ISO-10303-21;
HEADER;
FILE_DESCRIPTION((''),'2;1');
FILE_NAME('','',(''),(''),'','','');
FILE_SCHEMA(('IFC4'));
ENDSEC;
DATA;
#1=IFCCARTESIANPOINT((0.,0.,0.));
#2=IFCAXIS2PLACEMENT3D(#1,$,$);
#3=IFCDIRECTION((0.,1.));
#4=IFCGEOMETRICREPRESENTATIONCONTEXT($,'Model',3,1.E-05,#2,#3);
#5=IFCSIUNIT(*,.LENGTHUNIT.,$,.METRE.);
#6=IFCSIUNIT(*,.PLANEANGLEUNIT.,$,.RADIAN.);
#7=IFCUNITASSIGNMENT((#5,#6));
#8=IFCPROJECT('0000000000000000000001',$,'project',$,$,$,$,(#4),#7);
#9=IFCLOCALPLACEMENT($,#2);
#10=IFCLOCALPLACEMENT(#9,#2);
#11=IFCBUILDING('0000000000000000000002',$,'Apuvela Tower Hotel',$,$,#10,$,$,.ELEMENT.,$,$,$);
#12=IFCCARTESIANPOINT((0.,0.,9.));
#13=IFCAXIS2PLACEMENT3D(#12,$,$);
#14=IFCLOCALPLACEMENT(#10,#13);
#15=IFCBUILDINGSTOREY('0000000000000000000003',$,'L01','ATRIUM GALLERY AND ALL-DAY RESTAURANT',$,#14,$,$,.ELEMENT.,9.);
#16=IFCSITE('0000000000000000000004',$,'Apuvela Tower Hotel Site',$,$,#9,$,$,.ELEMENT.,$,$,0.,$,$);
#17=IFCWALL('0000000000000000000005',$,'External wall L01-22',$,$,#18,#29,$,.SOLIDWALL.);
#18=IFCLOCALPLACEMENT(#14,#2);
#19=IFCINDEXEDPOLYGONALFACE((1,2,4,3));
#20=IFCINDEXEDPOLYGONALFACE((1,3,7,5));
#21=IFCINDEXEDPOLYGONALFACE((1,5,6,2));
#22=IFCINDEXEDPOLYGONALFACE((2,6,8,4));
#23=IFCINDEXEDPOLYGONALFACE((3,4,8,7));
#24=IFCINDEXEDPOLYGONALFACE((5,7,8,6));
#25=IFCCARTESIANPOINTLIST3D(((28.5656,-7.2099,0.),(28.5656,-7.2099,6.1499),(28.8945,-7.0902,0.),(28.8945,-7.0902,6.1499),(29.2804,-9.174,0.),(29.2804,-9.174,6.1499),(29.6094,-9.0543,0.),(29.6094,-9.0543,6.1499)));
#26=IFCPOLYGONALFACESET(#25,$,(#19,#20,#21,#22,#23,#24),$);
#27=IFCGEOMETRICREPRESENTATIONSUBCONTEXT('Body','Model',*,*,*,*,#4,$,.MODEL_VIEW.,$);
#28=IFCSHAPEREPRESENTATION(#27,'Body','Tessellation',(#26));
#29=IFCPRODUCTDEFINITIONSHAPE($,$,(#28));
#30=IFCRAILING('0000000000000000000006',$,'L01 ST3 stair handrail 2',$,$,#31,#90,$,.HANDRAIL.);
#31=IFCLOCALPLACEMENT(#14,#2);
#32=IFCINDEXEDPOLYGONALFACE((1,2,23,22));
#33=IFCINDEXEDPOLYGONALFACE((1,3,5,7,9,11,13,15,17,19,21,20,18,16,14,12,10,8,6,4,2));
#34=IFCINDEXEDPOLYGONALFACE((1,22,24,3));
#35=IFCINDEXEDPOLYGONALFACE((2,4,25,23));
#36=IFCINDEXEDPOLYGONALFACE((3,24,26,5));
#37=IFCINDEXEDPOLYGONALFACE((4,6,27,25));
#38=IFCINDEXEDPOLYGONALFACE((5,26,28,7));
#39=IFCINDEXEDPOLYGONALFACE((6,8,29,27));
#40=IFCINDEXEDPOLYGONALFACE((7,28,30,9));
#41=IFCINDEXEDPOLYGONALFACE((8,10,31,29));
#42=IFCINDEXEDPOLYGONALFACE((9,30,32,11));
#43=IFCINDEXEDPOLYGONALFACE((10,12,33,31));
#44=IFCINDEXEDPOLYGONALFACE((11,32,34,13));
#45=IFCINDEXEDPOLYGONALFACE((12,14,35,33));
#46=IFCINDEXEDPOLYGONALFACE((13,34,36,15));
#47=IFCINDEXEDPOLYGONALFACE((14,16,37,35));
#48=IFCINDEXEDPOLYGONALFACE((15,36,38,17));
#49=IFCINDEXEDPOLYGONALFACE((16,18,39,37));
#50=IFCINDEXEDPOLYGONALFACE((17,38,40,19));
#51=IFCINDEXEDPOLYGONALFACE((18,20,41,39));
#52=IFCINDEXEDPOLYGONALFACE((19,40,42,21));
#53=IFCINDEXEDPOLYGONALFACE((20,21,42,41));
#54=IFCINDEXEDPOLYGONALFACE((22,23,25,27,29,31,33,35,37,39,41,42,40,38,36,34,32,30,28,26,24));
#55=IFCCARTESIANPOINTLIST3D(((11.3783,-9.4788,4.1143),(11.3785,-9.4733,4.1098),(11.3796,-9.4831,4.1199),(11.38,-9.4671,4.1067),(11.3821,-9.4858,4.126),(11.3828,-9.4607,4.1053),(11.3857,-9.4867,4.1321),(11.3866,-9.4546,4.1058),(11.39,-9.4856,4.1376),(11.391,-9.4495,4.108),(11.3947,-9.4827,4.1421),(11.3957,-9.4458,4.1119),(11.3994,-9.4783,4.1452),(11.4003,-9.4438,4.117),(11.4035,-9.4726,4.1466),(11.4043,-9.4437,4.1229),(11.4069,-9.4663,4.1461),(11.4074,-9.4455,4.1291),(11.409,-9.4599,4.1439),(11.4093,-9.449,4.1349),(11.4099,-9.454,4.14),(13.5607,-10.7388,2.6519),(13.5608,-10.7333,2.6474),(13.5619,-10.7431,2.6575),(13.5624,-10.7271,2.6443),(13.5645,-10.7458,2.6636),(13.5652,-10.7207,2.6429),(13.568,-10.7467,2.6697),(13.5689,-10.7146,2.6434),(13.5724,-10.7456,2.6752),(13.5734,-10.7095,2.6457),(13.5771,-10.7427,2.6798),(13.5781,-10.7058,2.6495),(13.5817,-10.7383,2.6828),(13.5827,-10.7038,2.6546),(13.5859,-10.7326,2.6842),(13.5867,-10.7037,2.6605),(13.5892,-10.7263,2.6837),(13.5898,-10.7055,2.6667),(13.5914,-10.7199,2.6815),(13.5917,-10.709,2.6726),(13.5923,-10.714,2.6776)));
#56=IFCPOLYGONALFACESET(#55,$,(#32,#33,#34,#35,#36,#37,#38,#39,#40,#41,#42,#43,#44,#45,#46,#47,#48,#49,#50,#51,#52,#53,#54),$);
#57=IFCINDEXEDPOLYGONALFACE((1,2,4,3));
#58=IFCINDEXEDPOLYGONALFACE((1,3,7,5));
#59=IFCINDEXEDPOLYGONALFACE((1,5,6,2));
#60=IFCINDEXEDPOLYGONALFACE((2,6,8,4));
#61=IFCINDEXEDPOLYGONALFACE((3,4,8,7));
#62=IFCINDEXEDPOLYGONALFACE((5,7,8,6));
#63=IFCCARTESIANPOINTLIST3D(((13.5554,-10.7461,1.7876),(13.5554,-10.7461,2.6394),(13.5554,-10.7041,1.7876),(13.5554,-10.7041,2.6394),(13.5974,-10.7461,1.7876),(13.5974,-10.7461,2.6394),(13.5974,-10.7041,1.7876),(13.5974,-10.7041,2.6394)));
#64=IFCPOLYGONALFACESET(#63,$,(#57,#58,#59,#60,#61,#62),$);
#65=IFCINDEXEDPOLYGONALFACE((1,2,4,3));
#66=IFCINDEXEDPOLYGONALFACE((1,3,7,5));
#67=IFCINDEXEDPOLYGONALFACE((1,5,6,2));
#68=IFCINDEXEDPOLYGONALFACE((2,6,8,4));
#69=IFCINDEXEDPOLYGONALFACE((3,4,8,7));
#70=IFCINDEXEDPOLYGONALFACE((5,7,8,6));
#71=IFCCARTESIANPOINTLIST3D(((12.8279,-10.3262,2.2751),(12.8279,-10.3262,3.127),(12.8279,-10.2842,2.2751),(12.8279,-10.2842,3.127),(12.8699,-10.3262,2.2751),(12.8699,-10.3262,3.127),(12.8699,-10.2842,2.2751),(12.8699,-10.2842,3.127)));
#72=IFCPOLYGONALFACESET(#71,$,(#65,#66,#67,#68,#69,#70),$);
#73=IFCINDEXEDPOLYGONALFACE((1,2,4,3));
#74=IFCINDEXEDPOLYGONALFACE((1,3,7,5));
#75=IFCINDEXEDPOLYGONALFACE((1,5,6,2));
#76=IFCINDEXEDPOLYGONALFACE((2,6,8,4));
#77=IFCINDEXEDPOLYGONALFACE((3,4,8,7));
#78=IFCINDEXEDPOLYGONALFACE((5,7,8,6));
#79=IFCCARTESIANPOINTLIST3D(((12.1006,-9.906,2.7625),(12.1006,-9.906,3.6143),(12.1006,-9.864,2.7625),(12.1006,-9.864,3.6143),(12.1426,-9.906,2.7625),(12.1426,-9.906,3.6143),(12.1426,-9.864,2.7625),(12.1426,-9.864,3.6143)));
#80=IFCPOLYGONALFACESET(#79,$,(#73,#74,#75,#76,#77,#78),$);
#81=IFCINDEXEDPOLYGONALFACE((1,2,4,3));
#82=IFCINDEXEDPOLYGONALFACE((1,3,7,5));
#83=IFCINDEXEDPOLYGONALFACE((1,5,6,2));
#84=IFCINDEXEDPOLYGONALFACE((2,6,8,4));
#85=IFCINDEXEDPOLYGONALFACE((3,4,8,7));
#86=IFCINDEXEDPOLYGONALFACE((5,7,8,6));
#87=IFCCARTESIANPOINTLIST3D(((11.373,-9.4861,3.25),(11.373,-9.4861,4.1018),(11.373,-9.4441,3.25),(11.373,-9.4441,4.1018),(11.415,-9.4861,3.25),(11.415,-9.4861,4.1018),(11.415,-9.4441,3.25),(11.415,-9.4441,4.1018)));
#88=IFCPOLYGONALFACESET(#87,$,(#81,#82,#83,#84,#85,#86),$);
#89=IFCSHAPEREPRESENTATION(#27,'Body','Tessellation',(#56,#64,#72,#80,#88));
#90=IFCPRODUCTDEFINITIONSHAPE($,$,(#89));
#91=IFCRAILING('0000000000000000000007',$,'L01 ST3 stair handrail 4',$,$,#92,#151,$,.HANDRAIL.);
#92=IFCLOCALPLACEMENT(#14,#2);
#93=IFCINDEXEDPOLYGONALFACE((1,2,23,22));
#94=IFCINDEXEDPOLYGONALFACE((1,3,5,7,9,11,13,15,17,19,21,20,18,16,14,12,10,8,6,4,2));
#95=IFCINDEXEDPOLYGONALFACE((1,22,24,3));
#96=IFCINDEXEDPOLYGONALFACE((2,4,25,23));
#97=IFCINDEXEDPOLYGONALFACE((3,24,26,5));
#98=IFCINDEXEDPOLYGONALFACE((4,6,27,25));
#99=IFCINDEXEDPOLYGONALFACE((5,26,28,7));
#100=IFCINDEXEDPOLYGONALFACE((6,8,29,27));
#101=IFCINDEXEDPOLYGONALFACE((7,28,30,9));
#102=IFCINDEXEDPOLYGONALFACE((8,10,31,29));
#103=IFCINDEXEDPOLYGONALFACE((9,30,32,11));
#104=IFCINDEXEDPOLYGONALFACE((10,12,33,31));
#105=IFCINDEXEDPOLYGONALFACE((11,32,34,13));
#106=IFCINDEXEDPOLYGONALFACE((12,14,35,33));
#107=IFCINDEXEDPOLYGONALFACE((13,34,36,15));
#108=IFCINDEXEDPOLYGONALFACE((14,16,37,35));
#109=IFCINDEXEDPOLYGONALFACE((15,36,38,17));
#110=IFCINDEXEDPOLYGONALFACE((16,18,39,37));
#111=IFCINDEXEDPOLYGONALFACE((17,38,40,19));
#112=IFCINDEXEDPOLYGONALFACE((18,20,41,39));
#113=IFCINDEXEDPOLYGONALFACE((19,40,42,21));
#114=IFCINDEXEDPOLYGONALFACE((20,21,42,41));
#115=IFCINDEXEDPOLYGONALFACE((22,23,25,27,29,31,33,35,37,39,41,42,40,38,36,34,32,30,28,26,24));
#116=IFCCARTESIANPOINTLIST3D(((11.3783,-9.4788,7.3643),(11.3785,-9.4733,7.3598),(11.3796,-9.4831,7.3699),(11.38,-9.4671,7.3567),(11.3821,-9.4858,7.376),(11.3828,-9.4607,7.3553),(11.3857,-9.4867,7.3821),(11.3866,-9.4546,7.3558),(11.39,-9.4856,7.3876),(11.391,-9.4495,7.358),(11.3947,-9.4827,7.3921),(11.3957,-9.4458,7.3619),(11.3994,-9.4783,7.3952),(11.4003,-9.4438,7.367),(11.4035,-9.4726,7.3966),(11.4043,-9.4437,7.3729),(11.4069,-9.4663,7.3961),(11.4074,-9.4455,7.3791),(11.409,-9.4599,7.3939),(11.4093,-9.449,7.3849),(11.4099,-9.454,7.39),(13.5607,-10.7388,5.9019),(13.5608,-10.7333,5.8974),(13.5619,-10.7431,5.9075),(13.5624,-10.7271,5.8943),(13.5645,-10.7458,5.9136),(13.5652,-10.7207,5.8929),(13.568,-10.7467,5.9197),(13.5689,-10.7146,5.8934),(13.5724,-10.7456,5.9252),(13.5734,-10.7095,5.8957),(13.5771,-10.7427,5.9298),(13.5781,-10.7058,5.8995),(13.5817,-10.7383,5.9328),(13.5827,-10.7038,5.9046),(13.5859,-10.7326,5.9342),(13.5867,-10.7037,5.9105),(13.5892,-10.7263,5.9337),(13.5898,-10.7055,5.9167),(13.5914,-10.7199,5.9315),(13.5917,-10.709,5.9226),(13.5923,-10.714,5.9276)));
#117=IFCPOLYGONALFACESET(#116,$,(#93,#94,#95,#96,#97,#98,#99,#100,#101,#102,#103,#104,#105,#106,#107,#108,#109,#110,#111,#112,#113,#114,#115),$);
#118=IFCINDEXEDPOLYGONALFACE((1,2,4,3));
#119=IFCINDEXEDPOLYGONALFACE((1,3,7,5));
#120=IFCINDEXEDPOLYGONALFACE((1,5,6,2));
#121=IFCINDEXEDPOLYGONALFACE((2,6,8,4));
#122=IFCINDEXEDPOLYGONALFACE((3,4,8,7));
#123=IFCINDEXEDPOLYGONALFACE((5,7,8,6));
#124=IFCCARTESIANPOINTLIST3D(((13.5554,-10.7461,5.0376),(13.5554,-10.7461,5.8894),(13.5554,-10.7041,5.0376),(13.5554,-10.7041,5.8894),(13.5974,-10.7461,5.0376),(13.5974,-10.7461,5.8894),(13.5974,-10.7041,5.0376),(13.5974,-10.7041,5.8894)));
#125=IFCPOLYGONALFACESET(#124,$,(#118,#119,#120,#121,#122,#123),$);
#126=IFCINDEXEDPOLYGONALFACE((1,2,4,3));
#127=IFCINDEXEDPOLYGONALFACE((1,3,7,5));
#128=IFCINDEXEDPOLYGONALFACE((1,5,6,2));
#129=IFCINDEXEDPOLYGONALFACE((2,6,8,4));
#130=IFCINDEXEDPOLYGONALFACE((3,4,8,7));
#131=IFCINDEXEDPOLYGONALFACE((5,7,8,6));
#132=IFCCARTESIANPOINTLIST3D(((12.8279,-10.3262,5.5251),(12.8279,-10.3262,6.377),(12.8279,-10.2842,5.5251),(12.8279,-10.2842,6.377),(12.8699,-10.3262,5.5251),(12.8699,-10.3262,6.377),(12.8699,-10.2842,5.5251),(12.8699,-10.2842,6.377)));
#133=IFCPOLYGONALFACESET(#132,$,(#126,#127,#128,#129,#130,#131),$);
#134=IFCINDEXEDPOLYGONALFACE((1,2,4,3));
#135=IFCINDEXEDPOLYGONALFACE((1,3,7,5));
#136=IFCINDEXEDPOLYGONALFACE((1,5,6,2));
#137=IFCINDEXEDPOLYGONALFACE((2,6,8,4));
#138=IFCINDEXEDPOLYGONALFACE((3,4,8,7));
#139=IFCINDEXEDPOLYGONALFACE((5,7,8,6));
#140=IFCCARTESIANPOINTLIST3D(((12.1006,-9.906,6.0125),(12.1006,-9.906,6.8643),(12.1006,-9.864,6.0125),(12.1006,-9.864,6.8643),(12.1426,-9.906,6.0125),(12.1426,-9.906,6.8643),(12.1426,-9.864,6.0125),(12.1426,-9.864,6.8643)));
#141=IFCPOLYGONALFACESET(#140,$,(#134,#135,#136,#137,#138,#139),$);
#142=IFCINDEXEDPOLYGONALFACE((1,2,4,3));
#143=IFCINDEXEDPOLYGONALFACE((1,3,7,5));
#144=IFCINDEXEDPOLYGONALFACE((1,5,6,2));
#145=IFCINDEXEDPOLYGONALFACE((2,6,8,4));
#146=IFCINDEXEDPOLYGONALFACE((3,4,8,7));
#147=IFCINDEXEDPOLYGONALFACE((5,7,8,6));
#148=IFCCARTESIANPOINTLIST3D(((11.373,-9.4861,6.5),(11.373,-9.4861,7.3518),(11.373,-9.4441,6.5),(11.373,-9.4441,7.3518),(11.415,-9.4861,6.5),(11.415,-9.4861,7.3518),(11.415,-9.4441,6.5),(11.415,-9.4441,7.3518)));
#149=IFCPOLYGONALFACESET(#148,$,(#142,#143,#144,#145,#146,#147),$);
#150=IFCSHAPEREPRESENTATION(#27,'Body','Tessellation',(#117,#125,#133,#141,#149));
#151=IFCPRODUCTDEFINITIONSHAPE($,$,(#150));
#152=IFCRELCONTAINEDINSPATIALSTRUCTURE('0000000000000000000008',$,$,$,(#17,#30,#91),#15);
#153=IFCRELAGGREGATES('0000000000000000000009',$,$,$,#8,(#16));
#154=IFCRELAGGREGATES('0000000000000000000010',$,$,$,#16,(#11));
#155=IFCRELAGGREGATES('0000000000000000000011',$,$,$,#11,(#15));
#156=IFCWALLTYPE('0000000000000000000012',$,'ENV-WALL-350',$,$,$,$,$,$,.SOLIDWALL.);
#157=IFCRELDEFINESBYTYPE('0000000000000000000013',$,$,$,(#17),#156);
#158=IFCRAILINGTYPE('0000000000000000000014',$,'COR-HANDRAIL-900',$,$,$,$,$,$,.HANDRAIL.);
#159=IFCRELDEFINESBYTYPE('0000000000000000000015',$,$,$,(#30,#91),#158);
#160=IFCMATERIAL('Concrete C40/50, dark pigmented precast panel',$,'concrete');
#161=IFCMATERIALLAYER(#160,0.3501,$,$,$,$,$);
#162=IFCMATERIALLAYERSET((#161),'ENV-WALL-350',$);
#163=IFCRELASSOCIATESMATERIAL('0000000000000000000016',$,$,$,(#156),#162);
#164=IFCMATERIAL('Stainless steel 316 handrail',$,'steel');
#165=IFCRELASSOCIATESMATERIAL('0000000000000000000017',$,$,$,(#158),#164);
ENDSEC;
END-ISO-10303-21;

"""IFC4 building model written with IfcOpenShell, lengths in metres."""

from ifc_helpers import new_model, si_unit, direction, frame, frame_2d, origin, origin_2d, place, context, subcontext, project, spatial, rectangle, circle, extrude, material, layer, layer_set, type_object, element, save


model = new_model("IFC4")

# Units and contexts
model_context = context("Model", 3, precision=1e-05, world=origin(), true_north=direction((0.0, 1.0)))
body_context = subcontext(model_context, "Body", "Model", "MODEL_VIEW")
ifc_project = project(units=[si_unit("LENGTHUNIT", "METRE"), si_unit("PLANEANGLEUNIT", "RADIAN")], contexts=[model_context])

# Site, building, storey
site_placement = place(None, origin())
site = spatial("IfcSite", under=ifc_project, at=site_placement, Name="Apuvela Tower Hotel Site", CompositionType="ELEMENT", RefElevation=0.0)
building_placement = place(site_placement, origin())
building = spatial("IfcBuilding", under=site, at=building_placement, Name="Apuvela Tower Hotel", CompositionType="ELEMENT")
storey_placement = place(building_placement, frame((0.0, 0.0, 9.0)))
storey = spatial("IfcBuildingStorey", under=building, at=storey_placement, Name="L01", Description="ATRIUM GALLERY AND ALL-DAY RESTAURANT", CompositionType="ELEMENT", Elevation=9.0)

# Wall
ifc_material_1 = material(Name="Concrete C40/50, dark pigmented precast panel", Category="concrete")
ifc_layer_1 = layer(ifc_material_1, 0.3501)
ifc_layer_set_1 = layer_set([ifc_layer_1], Name="ENV-WALL-350")
wall_type_1 = type_object("IfcWallType", Name="ENV-WALL-350", PredefinedType="SOLIDWALL", material=ifc_layer_set_1)
wall_1_placement = place(storey_placement, frame((29.4448, -9.114, 0.0), z_axis=(0.0, 0.0, 1.0), x_axis=(-0.342006, 0.939698, 0.0)))
element("IfcWall", 1, at=wall_1_placement, inside=storey, type_object=wall_type_1, Name="External wall L01-22", PredefinedType="SOLIDWALL", context=body_context, shape_type="SweptSolid", body=[
    extrude(rectangle(XDim=2.0901, YDim=0.3501, at=frame_2d((1.0449, 0.0))), origin(), (0.0, 0.0, 1.0), 6.1499),
])

# Railings
ifc_material_2 = material(Name="Stainless steel 316 handrail", Category="steel")
railing_type = type_object("IfcRailingType", Name="COR-HANDRAIL-900", PredefinedType="HANDRAIL", material=ifc_material_2)
for number, where, name in (
    (2, (13.5764, -10.7251, 1.7876), "L01 ST3 stair handrail 2"),
    (3, (13.5764, -10.7251, 5.0376), "L01 ST3 stair handrail 4"),
):
    element("IfcRailing", number, at=place(storey_placement, frame(where)), inside=storey, type_object=railing_type, Name=name, PredefinedType="HANDRAIL", context=body_context, shape_type="SweptSolid", body=[
        extrude(circle(Radius=0.0239, at=origin_2d()), frame((0.0, 0.0, 0.876), z_axis=(-0.749033, 0.43246, 0.501925), x_axis=(-0.500005, -0.866023, 0.0)), (0.0, 0.0, 1.0), 2.9136),
        extrude(rectangle(XDim=0.042, YDim=0.042, at=origin_2d()), origin(), (0.0, 0.0, 1.0), 0.8518),
        extrude(rectangle(XDim=0.042, YDim=0.042, at=origin_2d()), frame((-0.7275, 0.4199, 0.4875)), (0.0, 0.0, 1.0), 0.8518),
        extrude(rectangle(XDim=0.042, YDim=0.042, at=origin_2d()), frame((-1.4548, 0.8401, 0.9749)), (0.0, 0.0, 1.0), 0.8518),
        extrude(rectangle(XDim=0.042, YDim=0.042, at=origin_2d()), frame((-2.1824, 1.26, 1.4624)), (0.0, 0.0, 1.0), 0.8518),
    ])

save(model, "model.ifc")
